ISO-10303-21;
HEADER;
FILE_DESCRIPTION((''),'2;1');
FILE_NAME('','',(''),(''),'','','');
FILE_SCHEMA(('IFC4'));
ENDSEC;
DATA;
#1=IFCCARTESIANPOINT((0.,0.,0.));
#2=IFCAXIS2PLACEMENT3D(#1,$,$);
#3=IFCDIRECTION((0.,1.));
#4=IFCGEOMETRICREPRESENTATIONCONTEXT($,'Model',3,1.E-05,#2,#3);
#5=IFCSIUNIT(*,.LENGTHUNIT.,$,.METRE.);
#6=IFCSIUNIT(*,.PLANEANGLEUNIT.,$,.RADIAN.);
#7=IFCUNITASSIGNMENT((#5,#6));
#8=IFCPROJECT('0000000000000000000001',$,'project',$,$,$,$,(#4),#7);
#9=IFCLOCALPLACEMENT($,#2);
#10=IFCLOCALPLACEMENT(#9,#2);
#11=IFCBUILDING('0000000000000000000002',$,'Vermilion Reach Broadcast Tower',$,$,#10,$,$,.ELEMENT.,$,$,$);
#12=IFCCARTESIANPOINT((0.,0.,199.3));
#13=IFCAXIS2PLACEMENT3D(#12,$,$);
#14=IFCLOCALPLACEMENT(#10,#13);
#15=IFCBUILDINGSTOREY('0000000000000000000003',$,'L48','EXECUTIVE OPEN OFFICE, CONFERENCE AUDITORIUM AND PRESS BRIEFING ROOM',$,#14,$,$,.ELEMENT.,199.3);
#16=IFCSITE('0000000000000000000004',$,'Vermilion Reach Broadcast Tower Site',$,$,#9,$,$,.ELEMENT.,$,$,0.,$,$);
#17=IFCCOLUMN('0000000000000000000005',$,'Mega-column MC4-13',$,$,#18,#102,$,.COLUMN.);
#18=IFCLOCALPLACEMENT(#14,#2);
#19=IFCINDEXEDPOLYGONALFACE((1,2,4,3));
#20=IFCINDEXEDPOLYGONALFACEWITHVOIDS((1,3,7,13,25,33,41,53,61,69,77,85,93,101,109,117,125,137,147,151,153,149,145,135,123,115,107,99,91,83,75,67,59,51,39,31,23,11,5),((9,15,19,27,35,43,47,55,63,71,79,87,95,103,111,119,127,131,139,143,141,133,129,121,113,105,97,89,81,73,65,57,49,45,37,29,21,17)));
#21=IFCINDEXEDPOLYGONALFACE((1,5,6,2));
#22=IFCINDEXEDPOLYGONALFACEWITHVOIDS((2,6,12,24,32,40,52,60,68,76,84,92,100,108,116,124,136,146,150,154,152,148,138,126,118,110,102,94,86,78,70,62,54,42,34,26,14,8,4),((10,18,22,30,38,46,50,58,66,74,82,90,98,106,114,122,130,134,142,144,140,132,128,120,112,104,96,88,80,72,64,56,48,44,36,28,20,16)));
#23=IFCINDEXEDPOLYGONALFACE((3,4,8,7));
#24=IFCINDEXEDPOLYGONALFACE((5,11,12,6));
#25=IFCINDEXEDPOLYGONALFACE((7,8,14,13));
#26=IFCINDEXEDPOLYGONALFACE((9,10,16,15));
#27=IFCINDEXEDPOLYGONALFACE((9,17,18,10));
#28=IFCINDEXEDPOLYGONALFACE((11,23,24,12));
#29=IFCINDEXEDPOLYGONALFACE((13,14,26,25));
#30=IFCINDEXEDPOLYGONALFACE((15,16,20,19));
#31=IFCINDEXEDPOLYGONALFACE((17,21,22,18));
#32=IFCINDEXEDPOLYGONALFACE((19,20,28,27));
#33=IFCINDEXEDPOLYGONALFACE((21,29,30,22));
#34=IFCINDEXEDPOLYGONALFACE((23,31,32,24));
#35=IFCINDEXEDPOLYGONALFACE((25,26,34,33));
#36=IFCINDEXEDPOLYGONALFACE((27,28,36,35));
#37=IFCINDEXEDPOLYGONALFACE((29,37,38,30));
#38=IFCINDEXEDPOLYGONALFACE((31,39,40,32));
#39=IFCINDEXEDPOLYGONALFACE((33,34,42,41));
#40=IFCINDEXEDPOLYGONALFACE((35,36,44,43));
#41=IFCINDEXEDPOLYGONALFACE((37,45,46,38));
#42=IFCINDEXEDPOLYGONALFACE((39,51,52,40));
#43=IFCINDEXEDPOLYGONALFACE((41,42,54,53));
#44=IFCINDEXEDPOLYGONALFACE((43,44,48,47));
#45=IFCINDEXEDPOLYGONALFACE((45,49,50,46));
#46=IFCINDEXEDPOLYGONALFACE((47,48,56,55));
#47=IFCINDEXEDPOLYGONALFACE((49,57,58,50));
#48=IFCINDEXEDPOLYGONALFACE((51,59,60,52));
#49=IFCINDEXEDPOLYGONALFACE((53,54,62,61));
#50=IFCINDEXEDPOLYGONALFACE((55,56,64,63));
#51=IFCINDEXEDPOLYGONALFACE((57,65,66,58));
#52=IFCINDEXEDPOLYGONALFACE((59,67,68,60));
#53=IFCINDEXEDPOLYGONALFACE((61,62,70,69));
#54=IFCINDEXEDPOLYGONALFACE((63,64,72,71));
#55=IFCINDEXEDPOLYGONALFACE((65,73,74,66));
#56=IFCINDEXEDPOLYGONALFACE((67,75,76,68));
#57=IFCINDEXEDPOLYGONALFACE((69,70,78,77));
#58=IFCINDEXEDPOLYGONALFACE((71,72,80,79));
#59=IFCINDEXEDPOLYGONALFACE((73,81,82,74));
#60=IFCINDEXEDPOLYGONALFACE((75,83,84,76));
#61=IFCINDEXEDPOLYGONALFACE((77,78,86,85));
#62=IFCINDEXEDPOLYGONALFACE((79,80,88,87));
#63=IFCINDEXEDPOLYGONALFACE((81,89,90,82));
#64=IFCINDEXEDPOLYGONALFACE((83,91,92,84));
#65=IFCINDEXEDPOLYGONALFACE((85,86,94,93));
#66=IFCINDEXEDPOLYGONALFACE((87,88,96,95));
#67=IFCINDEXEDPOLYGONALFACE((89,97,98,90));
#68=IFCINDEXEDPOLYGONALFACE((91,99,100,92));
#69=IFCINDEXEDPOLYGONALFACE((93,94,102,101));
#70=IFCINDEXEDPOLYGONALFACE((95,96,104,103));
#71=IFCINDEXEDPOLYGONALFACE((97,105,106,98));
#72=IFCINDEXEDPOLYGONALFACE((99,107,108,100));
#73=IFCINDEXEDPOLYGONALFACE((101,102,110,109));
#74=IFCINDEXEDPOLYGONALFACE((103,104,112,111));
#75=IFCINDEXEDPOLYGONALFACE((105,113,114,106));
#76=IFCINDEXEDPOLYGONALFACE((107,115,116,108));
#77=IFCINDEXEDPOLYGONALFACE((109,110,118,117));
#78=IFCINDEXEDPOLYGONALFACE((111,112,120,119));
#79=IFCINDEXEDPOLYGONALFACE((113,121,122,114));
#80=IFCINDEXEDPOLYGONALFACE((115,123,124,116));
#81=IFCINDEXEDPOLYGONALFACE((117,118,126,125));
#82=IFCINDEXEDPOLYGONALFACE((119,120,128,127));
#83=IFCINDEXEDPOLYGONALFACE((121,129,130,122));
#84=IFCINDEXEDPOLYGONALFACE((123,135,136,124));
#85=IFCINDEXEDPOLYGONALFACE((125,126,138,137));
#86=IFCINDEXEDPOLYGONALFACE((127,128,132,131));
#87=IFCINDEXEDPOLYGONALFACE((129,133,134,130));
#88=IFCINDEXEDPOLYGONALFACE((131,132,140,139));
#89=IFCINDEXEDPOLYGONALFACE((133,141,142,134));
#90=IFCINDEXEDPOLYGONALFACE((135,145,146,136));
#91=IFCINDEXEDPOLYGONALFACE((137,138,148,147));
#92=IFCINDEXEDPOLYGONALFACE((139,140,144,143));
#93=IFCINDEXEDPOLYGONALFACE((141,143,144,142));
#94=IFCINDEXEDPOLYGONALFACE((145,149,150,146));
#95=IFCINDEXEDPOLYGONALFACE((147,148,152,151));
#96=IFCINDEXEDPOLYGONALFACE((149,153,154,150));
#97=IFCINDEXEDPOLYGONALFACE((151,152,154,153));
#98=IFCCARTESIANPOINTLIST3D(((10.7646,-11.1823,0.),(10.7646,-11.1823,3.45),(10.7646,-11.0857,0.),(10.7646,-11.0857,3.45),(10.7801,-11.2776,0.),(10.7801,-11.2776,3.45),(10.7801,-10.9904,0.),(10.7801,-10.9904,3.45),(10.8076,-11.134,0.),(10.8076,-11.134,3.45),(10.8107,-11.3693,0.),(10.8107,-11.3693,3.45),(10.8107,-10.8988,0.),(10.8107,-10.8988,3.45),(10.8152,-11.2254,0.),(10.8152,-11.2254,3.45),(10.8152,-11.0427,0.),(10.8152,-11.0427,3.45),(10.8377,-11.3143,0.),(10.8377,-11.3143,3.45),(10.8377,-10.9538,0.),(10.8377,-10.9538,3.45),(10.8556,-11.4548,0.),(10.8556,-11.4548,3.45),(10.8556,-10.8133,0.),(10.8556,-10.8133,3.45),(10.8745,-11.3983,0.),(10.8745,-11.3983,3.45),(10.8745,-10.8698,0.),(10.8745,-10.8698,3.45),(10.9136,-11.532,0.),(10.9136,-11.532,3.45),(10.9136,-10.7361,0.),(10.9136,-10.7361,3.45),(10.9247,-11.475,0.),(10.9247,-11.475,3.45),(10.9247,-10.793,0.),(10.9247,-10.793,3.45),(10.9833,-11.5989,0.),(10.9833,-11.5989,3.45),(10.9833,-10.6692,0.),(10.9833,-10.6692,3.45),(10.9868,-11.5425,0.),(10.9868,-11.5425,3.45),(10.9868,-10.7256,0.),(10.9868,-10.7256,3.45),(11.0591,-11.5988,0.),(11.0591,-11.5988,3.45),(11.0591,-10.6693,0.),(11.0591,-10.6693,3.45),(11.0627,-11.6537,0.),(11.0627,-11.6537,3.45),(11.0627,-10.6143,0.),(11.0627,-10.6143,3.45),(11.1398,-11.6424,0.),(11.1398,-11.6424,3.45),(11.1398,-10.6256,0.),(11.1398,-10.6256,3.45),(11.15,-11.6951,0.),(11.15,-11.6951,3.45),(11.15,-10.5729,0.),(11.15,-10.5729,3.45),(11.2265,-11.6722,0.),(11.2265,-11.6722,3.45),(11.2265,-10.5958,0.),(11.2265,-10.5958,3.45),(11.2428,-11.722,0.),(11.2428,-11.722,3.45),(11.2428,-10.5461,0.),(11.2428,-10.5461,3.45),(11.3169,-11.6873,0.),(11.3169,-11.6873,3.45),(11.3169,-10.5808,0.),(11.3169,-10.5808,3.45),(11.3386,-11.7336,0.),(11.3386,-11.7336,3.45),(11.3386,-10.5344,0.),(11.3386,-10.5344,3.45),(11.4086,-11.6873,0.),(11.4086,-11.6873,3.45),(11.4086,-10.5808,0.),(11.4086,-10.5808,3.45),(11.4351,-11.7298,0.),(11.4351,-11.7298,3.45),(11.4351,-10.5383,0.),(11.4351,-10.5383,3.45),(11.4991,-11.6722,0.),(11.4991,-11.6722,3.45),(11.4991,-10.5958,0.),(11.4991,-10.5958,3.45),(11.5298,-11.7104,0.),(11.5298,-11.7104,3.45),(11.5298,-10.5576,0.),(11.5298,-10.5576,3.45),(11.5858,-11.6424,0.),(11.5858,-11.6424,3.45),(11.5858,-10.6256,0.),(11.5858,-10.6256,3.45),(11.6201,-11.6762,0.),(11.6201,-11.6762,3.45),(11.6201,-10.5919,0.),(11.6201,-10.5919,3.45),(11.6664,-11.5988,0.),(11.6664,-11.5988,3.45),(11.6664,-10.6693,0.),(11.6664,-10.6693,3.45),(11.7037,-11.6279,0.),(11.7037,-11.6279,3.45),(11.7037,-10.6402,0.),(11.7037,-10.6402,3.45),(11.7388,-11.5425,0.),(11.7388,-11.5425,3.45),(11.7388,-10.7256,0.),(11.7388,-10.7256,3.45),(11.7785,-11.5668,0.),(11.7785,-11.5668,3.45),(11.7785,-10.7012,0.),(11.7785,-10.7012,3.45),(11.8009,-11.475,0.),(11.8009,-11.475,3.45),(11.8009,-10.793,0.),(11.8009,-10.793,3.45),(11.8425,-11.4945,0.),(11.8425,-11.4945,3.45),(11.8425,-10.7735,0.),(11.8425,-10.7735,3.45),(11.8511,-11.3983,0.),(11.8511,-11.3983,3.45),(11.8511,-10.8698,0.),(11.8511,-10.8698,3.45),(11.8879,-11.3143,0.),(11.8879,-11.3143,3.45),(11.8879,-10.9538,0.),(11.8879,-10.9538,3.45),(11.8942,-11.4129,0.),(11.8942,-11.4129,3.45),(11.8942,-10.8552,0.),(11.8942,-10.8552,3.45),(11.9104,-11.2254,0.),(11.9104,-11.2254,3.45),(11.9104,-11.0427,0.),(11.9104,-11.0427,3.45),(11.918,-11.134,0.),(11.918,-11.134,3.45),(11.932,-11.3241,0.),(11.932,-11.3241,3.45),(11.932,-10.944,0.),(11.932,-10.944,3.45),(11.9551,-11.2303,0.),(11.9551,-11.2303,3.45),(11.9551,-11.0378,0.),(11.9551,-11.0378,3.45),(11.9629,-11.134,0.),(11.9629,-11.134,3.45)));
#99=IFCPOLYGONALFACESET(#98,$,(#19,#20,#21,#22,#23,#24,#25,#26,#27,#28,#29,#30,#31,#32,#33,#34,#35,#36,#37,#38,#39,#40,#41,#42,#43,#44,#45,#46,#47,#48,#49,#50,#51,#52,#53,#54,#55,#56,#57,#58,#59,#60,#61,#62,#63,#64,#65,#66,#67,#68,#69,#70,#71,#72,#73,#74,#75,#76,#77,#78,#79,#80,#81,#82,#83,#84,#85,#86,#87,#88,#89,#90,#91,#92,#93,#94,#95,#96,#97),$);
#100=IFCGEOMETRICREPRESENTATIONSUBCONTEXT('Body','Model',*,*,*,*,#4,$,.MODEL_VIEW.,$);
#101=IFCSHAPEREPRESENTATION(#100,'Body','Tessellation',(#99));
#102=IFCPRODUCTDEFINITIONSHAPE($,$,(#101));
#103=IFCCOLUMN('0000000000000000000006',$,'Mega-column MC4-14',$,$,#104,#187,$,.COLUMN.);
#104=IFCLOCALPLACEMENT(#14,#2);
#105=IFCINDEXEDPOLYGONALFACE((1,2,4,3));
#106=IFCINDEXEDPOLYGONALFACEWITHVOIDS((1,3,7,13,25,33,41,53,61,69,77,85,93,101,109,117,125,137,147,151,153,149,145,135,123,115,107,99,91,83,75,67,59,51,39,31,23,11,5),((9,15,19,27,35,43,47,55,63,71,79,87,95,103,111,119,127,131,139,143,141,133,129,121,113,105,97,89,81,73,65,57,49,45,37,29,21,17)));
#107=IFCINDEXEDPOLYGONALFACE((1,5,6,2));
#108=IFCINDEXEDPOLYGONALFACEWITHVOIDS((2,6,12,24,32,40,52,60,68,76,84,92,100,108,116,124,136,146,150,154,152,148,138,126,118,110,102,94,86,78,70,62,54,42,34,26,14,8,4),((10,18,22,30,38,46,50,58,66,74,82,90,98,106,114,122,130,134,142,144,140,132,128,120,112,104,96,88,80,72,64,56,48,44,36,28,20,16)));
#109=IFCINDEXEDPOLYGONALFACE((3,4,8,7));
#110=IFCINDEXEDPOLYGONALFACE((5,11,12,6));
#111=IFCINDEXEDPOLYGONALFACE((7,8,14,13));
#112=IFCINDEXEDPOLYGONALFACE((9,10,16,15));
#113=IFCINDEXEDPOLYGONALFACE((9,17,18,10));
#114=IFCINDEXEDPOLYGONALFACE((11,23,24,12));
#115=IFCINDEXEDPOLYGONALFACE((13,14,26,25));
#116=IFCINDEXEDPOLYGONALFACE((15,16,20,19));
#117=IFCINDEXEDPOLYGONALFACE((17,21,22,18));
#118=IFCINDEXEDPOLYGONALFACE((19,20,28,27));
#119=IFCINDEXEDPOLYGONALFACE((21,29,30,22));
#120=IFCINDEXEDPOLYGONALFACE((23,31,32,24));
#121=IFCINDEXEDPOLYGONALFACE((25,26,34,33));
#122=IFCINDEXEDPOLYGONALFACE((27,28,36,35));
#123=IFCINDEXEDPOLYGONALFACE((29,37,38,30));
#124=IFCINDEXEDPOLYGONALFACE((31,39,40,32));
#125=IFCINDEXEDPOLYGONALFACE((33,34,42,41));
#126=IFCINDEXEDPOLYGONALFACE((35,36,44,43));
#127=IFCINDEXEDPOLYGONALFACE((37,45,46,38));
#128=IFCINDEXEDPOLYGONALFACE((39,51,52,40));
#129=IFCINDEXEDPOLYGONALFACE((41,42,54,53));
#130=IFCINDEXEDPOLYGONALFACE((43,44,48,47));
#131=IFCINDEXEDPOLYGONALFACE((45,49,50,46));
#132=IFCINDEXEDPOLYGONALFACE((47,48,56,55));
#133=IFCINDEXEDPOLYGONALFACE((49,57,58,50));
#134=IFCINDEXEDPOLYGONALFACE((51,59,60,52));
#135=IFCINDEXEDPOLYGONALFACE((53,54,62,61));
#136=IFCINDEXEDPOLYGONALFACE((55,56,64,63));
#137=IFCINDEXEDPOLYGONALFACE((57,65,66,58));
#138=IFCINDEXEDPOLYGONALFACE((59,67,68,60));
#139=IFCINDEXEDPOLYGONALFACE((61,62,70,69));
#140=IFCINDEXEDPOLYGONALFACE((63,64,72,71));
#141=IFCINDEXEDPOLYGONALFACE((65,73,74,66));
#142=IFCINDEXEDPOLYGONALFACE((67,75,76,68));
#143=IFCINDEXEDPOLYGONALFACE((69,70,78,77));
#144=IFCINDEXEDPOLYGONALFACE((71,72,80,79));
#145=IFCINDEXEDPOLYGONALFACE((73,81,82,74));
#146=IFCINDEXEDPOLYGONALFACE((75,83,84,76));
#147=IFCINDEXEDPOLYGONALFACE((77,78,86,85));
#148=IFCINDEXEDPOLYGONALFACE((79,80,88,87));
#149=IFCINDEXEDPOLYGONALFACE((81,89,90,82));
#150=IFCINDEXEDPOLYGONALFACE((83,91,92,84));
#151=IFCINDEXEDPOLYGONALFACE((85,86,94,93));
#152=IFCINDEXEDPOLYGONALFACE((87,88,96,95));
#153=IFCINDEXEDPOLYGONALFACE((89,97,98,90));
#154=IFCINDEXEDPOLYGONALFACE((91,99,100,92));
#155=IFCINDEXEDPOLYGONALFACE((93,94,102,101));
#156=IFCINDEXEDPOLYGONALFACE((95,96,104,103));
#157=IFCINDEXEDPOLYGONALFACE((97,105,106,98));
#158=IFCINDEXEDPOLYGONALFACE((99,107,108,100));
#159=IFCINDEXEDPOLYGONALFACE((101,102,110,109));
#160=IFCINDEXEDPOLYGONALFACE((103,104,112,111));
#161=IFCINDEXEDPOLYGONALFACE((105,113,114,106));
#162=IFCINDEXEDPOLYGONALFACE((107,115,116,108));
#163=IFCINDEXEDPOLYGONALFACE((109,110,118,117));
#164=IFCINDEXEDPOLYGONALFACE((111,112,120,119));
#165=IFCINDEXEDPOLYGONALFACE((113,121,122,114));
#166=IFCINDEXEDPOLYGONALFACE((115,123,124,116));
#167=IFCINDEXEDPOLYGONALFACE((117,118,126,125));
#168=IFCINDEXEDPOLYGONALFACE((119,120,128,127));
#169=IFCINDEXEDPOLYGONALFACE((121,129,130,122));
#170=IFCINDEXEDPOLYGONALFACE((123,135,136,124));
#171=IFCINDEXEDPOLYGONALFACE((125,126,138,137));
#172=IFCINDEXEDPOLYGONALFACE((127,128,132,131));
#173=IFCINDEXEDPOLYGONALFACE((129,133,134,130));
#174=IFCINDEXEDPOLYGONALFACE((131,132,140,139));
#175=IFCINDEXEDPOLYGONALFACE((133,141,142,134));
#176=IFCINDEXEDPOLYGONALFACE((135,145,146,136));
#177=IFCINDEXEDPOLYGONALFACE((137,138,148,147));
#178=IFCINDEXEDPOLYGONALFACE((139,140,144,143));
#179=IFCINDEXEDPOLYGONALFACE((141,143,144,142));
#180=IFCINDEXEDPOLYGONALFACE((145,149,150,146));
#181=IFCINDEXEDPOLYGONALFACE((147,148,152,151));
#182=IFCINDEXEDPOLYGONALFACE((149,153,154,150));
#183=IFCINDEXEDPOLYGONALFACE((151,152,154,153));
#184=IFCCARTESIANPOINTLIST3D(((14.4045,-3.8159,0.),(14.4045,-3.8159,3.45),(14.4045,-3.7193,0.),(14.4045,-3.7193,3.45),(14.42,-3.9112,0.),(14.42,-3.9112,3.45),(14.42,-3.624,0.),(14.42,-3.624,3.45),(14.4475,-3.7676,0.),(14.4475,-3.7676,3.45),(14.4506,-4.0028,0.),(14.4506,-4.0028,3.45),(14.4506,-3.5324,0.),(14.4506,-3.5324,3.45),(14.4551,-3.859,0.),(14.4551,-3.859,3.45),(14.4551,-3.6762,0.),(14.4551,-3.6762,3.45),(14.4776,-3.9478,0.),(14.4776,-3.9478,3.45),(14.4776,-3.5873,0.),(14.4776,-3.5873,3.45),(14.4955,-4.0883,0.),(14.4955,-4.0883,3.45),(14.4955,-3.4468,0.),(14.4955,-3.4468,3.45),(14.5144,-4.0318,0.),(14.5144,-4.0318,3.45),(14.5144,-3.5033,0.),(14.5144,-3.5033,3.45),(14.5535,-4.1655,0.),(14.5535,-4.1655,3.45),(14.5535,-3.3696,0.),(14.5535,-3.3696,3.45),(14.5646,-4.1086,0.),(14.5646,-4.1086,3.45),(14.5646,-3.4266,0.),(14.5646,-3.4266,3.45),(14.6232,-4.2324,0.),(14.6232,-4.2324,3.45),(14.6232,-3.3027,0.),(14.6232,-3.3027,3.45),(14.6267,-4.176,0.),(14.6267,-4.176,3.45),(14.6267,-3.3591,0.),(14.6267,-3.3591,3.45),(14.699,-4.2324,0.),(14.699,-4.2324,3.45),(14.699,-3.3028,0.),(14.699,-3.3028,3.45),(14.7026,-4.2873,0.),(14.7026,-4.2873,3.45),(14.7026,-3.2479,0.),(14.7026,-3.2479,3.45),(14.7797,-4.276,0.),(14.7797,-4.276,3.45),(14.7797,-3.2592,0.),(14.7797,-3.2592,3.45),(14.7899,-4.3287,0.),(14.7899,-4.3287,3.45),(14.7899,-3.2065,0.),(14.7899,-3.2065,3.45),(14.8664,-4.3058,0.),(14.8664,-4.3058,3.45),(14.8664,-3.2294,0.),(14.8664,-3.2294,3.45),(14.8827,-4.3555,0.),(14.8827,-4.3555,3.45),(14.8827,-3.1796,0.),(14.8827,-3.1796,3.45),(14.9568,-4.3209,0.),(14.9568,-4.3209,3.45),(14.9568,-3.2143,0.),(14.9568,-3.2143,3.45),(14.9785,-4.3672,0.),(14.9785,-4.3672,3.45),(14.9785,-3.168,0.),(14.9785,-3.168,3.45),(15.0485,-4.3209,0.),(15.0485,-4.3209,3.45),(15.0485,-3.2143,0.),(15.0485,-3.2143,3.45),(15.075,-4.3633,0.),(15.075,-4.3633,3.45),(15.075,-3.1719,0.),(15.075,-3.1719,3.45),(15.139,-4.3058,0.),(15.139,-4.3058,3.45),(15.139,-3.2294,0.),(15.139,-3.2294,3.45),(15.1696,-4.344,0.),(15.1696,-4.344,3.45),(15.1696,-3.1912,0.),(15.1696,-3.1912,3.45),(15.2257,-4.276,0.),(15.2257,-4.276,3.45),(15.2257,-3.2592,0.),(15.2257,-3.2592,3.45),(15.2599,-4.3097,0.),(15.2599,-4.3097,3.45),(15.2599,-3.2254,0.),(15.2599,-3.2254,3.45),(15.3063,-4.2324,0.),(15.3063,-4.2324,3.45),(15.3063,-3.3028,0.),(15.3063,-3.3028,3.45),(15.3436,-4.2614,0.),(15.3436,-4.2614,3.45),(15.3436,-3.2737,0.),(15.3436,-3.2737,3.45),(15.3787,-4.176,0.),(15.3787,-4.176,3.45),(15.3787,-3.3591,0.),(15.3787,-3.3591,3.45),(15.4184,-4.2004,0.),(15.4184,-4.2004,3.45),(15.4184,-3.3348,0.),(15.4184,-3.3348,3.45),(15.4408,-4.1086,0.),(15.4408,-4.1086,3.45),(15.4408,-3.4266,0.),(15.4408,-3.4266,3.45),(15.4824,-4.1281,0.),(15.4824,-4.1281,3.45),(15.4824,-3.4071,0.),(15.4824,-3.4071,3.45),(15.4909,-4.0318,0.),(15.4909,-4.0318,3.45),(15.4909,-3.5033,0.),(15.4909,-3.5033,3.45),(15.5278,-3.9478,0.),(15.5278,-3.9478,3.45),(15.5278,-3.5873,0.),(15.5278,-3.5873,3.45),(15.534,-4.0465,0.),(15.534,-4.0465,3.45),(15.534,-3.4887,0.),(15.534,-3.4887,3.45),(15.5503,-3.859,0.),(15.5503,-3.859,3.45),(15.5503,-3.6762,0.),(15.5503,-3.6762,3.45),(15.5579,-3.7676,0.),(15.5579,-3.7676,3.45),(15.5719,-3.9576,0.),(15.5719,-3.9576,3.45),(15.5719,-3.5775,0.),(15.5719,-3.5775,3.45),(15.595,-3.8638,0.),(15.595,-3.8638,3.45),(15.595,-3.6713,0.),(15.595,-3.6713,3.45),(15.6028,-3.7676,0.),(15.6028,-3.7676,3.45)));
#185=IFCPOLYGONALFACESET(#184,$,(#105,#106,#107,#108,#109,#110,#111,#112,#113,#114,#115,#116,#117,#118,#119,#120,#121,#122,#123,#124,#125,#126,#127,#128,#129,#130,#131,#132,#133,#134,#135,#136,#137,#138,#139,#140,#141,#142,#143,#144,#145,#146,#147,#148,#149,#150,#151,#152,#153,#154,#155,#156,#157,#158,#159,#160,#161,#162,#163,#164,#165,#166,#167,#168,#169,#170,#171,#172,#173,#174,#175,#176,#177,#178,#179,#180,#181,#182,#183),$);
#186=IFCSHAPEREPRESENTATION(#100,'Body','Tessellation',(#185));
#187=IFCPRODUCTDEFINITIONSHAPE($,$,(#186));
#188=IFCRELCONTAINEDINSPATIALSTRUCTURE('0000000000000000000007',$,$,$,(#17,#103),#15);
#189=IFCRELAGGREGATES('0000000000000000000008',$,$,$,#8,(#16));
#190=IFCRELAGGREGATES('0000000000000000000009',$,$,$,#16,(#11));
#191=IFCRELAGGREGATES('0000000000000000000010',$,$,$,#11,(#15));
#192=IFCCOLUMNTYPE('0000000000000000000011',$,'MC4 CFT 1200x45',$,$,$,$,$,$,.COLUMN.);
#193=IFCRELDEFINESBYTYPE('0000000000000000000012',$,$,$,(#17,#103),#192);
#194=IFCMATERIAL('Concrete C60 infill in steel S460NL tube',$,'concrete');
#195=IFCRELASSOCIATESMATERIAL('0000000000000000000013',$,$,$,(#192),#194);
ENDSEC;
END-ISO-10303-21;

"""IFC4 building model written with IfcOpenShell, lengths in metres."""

from ifc_helpers import new_model, si_unit, direction, frame, origin, origin_2d, place, context, subcontext, project, spatial, hollow_circle, extrude, material, material_profile, profile_set, type_object, element, save


model = new_model("IFC4")

# Units and contexts
model_context = context("Model", 3, precision=1e-05, world=origin(), true_north=direction((0.0, 1.0)))
body_context = subcontext(model_context, "Body", "Model", "MODEL_VIEW")
ifc_project = project(units=[si_unit("LENGTHUNIT", "METRE"), si_unit("PLANEANGLEUNIT", "RADIAN")], contexts=[model_context])

# Site, building, storey
site_placement = place(None, origin())
site = spatial("IfcSite", under=ifc_project, at=site_placement, Name="Vermilion Reach Broadcast Tower Site", CompositionType="ELEMENT", RefElevation=0.0)
building_placement = place(site_placement, origin())
building = spatial("IfcBuilding", under=site, at=building_placement, Name="Vermilion Reach Broadcast Tower", CompositionType="ELEMENT")
storey_placement = place(building_placement, frame((0.0, 0.0, 199.3)))
storey = spatial("IfcBuildingStorey", under=building, at=storey_placement, Name="L48", Description="EXECUTIVE OPEN OFFICE, CONFERENCE AUDITORIUM AND PRESS BRIEFING ROOM", CompositionType="ELEMENT", Elevation=199.3)

# Columns
ifc_material_1 = material(Name="Concrete C60 infill in steel S460NL tube", Category="concrete")
ifc_material_profile_1 = material_profile(ifc_material_1, hollow_circle(Radius=0.6001, WallThickness=0.0449, at=origin_2d()), Name="Concrete C60 infill in steel S460NL tube CFT 1200x45")
ifc_profile_set_1 = profile_set([ifc_material_profile_1], Name="Concrete C60 infill in steel S460NL tube")
column_type = type_object("IfcColumnType", Name="MC4 CFT 1200x45", PredefinedType="COLUMN", material=ifc_profile_set_1)
for number, where, z_axis, x_axis, name in (
    (1, (11.3628, -11.134, 0.0), (0.0, 0.0, 1.0), (1.0, 0.0, 0.0), "Mega-column MC4-13"),
    (2, (15.0027, -3.7676, 0.0), (0.0, 0.0, 1.0), (1.0, 0.0, 0.0), "Mega-column MC4-14"),
):
    element("IfcColumn", number, at=place(storey_placement, frame(where, z_axis=z_axis, x_axis=x_axis)), inside=storey, type_object=column_type, Name=name, PredefinedType="COLUMN", context=body_context, shape_type="SweptSolid", body=[
        extrude(hollow_circle(Radius=0.6001, WallThickness=0.0449, at=origin_2d()), origin(), (0.0, 0.0, 1.0), 3.45),
    ])

save(model, "model.ifc")
